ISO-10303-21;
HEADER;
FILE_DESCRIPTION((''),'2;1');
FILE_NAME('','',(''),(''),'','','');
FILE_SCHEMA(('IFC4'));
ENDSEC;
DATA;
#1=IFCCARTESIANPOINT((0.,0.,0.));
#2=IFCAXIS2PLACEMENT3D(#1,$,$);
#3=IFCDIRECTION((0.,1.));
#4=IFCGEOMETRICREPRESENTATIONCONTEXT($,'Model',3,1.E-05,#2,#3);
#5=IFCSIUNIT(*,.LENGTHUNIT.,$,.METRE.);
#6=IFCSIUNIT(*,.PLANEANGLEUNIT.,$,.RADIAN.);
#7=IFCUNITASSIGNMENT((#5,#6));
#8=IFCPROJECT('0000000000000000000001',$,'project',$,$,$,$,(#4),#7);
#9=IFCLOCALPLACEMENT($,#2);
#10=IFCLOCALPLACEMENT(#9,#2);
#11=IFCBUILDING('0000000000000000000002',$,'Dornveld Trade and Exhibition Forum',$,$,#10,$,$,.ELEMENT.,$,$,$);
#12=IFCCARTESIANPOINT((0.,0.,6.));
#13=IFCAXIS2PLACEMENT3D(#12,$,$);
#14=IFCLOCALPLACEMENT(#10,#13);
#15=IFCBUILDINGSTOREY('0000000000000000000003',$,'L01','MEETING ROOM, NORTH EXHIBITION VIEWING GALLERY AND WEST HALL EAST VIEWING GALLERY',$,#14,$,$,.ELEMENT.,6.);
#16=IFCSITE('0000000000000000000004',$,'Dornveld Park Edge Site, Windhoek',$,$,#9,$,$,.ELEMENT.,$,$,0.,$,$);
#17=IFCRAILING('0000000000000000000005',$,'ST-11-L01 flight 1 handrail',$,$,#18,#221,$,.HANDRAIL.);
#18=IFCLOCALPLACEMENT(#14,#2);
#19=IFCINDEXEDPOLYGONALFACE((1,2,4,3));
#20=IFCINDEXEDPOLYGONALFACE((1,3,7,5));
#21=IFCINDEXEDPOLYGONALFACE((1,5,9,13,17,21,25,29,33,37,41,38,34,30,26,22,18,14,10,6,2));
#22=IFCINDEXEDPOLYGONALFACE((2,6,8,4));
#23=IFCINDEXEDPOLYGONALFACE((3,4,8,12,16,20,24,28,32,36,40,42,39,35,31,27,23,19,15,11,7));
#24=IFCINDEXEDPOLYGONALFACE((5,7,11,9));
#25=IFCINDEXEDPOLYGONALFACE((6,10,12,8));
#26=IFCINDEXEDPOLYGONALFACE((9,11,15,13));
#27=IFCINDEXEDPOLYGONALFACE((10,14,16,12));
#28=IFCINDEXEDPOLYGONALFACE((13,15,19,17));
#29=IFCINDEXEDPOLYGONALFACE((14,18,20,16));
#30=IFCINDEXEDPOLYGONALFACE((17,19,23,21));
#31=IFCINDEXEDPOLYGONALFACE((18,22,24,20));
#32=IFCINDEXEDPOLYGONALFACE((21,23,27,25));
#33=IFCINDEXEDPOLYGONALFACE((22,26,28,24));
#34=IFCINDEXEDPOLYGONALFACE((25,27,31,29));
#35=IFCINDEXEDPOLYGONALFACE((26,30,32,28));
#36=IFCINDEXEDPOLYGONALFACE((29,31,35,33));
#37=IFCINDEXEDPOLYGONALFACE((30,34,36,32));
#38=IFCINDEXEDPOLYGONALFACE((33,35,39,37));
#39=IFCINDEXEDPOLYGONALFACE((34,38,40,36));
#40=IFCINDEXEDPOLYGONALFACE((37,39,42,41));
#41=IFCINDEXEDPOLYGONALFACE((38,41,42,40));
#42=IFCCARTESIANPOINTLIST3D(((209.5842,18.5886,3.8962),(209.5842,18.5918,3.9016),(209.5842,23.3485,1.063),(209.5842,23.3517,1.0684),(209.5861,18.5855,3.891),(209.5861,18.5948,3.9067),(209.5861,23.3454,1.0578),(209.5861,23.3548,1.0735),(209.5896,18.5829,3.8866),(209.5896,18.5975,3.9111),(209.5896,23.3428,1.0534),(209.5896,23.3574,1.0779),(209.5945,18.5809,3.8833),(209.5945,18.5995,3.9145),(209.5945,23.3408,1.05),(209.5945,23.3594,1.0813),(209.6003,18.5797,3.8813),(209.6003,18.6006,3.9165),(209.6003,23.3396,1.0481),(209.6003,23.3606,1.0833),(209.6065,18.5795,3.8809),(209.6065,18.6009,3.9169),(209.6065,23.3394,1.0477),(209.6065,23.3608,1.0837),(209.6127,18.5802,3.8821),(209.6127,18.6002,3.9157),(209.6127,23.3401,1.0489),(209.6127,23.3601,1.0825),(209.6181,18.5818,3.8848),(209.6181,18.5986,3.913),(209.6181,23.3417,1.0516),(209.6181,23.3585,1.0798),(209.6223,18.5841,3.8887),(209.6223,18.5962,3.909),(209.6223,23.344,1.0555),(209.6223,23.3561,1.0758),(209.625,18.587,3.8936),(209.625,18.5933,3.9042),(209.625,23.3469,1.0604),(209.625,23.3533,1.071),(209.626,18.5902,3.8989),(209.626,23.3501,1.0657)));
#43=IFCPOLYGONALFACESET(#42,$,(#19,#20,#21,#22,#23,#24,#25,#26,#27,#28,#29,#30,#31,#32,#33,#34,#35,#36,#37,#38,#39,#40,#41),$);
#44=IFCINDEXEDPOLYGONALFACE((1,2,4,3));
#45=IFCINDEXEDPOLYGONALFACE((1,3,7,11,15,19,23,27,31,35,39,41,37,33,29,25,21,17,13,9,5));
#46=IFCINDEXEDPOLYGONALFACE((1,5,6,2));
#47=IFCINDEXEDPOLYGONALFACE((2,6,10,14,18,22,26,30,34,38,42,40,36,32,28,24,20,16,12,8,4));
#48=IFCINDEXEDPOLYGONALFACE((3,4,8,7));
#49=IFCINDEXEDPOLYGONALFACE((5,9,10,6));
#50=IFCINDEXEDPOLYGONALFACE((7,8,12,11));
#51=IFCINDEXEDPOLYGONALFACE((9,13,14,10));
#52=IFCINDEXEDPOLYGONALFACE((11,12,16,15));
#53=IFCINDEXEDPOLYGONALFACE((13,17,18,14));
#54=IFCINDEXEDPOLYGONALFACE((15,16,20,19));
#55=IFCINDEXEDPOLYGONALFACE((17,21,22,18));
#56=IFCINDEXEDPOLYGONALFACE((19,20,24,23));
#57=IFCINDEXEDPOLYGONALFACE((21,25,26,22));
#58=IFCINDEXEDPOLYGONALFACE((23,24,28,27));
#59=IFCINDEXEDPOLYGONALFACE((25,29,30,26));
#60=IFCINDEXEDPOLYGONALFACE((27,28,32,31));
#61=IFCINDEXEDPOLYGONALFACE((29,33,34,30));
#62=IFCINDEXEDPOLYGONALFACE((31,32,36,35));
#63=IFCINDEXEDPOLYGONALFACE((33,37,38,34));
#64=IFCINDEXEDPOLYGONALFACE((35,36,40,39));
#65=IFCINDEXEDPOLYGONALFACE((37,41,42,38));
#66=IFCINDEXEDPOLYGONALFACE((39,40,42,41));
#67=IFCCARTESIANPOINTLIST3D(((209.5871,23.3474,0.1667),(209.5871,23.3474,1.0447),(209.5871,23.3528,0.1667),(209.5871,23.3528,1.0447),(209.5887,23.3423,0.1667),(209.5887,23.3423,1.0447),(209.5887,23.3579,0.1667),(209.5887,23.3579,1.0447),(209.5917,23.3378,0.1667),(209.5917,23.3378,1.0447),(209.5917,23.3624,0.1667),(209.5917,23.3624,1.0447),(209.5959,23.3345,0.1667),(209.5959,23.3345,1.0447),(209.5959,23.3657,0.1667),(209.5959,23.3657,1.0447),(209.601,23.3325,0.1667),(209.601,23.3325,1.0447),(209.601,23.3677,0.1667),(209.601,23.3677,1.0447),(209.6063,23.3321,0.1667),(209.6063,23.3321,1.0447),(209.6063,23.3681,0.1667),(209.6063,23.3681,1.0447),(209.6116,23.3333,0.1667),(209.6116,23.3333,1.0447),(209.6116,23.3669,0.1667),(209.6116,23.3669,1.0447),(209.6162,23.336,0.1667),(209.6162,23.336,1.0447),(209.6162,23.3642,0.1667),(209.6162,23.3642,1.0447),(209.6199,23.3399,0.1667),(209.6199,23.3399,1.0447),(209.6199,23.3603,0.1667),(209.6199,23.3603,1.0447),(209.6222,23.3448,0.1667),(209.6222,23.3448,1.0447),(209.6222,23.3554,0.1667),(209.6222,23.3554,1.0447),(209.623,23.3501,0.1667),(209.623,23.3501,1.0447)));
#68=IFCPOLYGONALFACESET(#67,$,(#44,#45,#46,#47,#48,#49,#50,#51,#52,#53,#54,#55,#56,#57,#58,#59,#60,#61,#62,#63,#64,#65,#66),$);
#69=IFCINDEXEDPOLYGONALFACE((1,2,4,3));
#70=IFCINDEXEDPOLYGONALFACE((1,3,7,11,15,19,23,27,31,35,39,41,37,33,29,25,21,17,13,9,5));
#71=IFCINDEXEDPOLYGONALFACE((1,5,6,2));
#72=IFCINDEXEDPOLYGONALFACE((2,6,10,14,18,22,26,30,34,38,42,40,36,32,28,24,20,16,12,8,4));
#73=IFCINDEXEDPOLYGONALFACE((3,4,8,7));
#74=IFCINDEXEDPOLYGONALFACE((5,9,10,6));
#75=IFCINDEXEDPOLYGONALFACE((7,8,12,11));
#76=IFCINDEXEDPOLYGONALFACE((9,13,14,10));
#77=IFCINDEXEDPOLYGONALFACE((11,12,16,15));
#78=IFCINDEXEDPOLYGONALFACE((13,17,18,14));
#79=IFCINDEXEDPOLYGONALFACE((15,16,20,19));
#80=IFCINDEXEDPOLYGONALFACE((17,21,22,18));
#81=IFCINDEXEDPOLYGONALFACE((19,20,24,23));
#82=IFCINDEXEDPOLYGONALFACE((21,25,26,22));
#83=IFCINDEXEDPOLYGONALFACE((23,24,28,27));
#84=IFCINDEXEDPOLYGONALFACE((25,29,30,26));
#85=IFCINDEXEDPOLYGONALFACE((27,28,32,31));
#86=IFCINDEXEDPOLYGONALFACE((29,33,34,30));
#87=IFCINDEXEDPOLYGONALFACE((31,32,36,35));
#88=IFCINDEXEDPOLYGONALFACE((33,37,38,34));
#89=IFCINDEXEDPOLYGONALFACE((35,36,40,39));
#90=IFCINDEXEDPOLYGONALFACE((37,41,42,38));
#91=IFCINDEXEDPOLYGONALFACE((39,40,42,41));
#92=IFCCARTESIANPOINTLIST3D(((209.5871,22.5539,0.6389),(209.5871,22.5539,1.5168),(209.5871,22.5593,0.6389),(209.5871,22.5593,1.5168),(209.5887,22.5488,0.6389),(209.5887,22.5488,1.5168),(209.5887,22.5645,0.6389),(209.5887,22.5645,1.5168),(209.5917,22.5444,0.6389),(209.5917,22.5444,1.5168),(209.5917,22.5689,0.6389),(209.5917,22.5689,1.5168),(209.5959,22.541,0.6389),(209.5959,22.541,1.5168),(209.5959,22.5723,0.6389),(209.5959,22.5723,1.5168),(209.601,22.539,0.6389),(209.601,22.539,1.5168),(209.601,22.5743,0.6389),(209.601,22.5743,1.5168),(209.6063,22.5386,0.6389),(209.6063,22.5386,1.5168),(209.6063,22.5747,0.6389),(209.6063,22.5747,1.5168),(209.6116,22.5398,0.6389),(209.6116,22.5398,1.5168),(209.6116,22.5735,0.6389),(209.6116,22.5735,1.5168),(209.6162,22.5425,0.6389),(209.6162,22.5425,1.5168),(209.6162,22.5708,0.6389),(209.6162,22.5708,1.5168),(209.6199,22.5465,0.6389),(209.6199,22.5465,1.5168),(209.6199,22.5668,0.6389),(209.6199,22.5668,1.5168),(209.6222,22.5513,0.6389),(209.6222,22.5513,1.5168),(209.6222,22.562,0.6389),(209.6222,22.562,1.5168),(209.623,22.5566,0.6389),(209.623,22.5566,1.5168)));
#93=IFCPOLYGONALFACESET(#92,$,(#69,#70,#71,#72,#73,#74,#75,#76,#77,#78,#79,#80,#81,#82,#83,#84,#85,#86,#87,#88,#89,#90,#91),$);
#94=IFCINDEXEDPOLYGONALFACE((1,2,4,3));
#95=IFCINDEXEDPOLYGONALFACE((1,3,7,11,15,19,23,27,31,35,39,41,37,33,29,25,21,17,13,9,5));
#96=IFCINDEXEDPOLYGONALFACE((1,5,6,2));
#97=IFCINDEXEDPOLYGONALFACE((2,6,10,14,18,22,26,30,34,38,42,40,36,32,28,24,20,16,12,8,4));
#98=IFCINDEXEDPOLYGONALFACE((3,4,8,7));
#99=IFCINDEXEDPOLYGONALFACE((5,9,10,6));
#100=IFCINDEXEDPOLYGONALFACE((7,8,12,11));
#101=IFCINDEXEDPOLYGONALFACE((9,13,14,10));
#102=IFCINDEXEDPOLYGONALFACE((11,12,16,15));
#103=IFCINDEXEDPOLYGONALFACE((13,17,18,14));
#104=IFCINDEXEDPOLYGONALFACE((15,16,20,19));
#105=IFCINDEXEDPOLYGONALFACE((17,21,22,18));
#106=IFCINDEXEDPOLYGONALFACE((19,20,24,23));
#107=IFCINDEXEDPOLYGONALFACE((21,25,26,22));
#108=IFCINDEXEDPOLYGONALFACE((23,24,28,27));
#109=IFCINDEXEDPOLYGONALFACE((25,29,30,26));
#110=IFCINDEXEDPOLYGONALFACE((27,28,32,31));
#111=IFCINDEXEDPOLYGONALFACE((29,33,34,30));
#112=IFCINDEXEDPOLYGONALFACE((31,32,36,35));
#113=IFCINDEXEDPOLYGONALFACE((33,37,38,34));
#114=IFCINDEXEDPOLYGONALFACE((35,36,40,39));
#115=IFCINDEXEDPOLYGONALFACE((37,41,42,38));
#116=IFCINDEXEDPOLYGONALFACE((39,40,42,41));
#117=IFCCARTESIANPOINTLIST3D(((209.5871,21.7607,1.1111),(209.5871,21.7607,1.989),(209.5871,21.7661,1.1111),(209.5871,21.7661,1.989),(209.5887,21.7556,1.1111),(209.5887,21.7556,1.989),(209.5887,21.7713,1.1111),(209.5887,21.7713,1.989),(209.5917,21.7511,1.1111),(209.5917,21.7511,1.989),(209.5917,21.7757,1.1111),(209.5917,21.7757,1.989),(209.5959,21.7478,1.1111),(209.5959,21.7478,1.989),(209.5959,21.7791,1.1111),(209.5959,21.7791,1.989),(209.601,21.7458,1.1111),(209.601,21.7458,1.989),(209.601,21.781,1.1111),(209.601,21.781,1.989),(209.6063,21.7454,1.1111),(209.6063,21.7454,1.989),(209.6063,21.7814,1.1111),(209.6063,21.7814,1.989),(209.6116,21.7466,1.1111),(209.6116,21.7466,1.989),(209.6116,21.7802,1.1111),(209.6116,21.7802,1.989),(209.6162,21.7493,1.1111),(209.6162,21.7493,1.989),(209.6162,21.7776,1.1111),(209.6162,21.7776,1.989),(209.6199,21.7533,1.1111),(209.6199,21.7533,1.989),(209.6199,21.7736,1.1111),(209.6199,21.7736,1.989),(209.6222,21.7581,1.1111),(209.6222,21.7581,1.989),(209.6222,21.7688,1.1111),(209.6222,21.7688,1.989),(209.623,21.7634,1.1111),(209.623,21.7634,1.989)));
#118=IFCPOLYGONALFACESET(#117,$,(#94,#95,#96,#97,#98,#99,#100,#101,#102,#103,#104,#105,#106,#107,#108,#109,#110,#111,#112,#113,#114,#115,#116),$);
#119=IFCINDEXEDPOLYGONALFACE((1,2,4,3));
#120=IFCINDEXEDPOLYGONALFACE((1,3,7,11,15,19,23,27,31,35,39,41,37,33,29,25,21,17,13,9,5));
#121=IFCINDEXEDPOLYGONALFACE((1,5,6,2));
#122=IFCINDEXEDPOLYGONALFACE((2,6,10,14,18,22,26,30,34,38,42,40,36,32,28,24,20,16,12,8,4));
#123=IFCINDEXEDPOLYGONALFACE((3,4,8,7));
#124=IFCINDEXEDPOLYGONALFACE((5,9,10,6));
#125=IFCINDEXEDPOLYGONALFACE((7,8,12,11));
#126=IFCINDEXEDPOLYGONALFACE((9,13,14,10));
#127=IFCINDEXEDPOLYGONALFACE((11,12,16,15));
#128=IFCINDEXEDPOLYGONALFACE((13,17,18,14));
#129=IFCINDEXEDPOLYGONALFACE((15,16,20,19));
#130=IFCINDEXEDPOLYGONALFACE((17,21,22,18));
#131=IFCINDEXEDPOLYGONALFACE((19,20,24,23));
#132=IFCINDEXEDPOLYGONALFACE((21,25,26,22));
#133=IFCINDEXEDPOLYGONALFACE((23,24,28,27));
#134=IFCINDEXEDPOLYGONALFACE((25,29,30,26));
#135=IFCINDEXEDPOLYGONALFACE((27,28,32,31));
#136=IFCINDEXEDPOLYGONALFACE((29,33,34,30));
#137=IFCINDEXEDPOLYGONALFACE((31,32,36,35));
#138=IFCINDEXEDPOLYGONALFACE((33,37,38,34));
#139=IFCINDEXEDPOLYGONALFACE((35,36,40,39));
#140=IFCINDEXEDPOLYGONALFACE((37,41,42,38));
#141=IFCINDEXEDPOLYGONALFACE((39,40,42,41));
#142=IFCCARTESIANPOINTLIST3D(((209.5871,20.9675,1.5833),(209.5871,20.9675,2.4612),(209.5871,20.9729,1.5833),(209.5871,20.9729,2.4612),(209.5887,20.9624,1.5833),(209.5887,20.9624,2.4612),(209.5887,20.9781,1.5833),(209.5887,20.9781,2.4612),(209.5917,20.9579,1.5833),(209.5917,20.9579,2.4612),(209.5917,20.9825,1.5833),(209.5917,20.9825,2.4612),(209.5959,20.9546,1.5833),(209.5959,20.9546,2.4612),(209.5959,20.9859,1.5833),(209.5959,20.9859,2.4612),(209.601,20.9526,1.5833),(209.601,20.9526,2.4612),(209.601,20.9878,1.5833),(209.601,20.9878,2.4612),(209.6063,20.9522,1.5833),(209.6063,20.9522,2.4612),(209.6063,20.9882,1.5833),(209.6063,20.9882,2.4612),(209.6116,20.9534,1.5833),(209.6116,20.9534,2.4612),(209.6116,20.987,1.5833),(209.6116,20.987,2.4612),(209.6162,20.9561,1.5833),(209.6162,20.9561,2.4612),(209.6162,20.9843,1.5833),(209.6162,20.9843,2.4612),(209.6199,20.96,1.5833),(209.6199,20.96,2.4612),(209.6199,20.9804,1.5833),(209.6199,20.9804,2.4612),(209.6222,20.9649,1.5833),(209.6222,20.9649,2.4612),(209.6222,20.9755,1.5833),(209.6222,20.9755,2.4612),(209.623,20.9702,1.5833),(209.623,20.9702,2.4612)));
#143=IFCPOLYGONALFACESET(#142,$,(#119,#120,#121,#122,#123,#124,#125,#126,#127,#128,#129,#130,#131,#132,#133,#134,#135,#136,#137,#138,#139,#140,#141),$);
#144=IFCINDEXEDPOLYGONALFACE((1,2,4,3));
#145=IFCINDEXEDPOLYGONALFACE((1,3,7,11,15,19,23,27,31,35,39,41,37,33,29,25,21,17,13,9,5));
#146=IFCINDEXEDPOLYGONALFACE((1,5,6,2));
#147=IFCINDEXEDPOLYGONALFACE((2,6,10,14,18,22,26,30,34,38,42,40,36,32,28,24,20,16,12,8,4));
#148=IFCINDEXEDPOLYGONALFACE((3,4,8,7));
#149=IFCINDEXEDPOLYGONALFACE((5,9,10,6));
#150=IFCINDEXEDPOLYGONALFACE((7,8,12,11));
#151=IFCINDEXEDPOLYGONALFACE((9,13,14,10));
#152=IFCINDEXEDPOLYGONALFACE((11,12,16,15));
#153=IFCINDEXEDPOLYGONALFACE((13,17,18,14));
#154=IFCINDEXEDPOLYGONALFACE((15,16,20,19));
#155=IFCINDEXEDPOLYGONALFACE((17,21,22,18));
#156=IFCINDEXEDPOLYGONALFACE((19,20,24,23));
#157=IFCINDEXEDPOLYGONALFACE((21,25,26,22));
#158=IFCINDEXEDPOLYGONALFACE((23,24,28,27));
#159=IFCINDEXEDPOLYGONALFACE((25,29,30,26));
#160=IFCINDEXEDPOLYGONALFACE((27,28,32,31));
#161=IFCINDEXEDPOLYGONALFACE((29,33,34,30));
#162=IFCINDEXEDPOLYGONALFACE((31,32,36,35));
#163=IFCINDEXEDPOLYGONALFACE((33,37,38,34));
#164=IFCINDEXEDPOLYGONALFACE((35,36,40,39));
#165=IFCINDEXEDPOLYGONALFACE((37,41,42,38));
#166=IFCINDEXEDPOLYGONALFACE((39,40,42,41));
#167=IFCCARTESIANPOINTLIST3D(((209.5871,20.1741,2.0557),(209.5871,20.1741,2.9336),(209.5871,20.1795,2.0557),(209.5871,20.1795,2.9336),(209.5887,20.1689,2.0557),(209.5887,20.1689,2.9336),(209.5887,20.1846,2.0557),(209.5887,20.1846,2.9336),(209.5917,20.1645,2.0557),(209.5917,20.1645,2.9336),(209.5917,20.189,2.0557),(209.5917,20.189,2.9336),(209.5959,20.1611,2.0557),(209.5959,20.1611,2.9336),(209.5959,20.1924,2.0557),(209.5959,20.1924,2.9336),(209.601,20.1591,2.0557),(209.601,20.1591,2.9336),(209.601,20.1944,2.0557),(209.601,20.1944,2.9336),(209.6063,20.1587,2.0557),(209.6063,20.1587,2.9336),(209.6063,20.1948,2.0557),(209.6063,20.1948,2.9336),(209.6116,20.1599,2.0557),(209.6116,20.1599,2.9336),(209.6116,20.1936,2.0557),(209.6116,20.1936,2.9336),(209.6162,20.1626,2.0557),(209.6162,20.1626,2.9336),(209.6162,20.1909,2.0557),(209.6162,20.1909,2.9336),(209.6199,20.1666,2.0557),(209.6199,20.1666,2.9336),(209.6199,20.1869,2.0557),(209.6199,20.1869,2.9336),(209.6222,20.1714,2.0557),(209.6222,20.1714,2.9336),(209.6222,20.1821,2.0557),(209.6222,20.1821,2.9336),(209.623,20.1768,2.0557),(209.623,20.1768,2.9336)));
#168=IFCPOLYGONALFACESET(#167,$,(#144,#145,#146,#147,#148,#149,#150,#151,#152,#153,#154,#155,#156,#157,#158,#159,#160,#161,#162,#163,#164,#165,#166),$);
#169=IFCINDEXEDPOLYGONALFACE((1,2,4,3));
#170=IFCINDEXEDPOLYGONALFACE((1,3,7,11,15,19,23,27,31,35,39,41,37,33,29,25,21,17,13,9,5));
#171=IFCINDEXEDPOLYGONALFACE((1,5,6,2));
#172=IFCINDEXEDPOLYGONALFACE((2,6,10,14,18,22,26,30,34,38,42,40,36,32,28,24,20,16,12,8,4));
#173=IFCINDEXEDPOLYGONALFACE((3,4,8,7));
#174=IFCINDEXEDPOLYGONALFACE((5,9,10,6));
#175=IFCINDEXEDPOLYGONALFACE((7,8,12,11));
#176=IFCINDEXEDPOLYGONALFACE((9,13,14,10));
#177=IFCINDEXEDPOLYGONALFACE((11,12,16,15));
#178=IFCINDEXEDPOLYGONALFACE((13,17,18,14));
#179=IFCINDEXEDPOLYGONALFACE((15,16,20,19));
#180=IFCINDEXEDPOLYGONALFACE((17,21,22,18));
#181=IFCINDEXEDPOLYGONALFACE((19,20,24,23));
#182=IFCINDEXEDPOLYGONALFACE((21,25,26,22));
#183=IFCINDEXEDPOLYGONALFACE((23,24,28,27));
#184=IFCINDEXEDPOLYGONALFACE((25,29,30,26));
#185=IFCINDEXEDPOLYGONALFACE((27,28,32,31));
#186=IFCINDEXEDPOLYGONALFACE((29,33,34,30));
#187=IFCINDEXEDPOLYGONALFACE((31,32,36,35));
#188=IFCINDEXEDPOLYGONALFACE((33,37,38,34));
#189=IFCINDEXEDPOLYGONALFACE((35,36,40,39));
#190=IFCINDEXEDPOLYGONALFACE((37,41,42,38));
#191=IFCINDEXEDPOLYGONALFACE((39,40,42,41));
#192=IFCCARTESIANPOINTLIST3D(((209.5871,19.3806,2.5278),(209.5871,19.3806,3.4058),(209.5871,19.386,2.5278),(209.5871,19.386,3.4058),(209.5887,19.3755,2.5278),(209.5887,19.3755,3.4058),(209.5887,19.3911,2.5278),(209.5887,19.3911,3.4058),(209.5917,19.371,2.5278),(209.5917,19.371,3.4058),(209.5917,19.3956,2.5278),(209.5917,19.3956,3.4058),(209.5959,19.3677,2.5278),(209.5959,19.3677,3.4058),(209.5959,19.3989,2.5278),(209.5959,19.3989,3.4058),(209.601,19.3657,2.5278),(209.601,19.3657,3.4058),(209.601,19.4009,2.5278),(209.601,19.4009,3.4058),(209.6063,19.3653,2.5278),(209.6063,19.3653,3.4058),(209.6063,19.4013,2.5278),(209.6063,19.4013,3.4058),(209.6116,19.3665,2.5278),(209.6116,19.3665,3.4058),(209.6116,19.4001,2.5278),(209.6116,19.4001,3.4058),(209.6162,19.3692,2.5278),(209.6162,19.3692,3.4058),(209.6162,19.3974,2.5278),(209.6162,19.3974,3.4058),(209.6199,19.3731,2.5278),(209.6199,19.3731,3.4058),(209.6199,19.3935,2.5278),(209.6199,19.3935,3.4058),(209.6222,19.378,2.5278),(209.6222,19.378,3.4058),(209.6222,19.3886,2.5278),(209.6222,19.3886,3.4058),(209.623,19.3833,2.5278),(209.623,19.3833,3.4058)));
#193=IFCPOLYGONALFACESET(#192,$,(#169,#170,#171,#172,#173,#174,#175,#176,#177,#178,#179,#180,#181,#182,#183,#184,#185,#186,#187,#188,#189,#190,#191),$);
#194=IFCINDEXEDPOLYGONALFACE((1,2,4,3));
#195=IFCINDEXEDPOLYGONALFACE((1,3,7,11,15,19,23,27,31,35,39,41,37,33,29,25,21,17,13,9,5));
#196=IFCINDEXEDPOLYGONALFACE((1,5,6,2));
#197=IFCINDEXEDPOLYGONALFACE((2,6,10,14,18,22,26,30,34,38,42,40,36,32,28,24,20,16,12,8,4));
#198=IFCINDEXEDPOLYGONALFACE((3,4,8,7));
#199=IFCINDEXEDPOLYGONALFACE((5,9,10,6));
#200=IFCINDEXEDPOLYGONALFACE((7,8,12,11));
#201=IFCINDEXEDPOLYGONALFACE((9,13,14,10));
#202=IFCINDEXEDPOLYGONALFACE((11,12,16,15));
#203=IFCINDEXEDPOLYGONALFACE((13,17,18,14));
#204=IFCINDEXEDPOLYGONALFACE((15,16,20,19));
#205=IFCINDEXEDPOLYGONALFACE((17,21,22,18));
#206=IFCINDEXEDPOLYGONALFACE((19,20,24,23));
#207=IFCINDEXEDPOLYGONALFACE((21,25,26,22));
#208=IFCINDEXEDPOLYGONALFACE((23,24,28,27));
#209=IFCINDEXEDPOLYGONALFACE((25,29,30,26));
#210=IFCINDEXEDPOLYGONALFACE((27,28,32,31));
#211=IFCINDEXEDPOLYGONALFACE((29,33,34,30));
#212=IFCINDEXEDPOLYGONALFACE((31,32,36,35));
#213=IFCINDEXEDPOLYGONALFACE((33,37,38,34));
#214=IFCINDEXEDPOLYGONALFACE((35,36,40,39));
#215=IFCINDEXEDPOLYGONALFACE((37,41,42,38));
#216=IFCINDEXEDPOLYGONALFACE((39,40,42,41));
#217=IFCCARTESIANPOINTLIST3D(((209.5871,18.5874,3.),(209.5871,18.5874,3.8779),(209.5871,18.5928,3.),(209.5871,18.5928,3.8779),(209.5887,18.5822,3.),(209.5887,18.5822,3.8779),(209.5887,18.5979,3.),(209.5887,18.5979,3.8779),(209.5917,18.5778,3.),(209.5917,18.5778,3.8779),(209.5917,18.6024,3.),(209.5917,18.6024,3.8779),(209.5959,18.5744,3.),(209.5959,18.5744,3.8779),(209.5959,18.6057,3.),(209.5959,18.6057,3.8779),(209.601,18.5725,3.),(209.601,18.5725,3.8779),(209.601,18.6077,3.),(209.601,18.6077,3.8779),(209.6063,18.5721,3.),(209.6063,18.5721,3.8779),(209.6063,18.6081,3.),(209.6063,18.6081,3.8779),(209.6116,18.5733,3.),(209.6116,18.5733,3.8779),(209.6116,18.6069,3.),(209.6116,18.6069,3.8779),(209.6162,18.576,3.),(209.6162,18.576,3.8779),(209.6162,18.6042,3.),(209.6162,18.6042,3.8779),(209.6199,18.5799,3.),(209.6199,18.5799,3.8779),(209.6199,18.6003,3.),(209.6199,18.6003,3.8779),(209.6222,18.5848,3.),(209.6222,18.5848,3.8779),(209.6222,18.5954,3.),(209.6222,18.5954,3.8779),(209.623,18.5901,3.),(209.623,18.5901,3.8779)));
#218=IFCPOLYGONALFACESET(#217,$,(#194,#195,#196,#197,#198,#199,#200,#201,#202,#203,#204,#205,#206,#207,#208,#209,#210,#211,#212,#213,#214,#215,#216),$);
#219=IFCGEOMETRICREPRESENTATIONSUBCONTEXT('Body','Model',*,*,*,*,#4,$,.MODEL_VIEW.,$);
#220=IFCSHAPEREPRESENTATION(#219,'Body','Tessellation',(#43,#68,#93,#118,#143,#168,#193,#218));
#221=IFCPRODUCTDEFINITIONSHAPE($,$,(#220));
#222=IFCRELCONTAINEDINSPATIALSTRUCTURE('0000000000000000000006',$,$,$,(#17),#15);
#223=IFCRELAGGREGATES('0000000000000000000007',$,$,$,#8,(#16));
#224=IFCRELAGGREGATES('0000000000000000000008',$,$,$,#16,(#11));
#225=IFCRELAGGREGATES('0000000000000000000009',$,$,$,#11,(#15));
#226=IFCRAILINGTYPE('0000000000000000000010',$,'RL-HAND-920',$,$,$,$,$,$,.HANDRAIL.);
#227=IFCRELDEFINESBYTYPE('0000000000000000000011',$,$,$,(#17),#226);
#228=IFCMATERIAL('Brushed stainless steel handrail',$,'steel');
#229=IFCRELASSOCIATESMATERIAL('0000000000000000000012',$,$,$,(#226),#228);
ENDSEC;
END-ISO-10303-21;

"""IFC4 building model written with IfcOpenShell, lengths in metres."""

from ifc_helpers import new_model, si_unit, direction, frame, origin, origin_2d, place, context, subcontext, project, spatial, circle, extrude, material, type_object, element, save


model = new_model("IFC4")

# Units and contexts
model_context = context("Model", 3, precision=1e-05, world=origin(), true_north=direction((0.0, 1.0)))
body_context = subcontext(model_context, "Body", "Model", "MODEL_VIEW")
ifc_project = project(units=[si_unit("LENGTHUNIT", "METRE"), si_unit("PLANEANGLEUNIT", "RADIAN")], contexts=[model_context])

# Site, building, storey
site_placement = place(None, origin())
site = spatial("IfcSite", under=ifc_project, at=site_placement, Name="Dornveld Park Edge Site, Windhoek", CompositionType="ELEMENT", RefElevation=0.0)
building_placement = place(site_placement, origin())
building = spatial("IfcBuilding", under=site, at=building_placement, Name="Dornveld Trade and Exhibition Forum", CompositionType="ELEMENT")
storey_placement = place(building_placement, frame((0.0, 0.0, 6.0)))
storey = spatial("IfcBuildingStorey", under=building, at=storey_placement, Name="L01", Description="MEETING ROOM, NORTH EXHIBITION VIEWING GALLERY AND WEST HALL EAST VIEWING GALLERY", CompositionType="ELEMENT", Elevation=6.0)

# Railing
ifc_material_1 = material(Name="Brushed stainless steel handrail", Category="steel")
railing_type_1 = type_object("IfcRailingType", Name="RL-HAND-920", PredefinedType="HANDRAIL", material=ifc_material_1)
railing_1_placement = place(storey_placement, frame((209.605, 23.3501, 0.1667)))
element("IfcRailing", 1, at=railing_1_placement, inside=storey, type_object=railing_type_1, Name="ST-11-L01 flight 1 handrail", PredefinedType="HANDRAIL", context=body_context, shape_type="SweptSolid", body=[
    extrude(circle(Radius=0.021, at=origin_2d()), frame((0.0, 0.0, 0.8989), z_axis=(0.0, -0.8593, 0.511472), x_axis=(1.0, 0.0, 0.0)), (0.0, 0.0, 1.0), 5.5393),
    extrude(circle(Radius=0.0181, at=origin_2d()), origin(), (0.0, 0.0, 1.0), 0.8779),
    extrude(circle(Radius=0.0181, at=origin_2d()), frame((0.0, -0.7935, 0.4722)), (0.0, 0.0, 1.0), 0.8779),
    extrude(circle(Radius=0.0181, at=origin_2d()), frame((0.0, -1.5867, 0.9443)), (0.0, 0.0, 1.0), 0.8779),
    extrude(circle(Radius=0.0181, at=origin_2d()), frame((0.0, -2.3799, 1.4165)), (0.0, 0.0, 1.0), 0.8779),
    extrude(circle(Radius=0.0181, at=origin_2d()), frame((0.0, -3.1733, 1.8889)), (0.0, 0.0, 1.0), 0.8779),
    extrude(circle(Radius=0.0181, at=origin_2d()), frame((0.0, -3.9668, 2.3611)), (0.0, 0.0, 1.0), 0.8779),
    extrude(circle(Radius=0.0181, at=origin_2d()), frame((0.0, -4.76, 2.8333)), (0.0, 0.0, 1.0), 0.8779),
])

save(model, "model.ifc")
